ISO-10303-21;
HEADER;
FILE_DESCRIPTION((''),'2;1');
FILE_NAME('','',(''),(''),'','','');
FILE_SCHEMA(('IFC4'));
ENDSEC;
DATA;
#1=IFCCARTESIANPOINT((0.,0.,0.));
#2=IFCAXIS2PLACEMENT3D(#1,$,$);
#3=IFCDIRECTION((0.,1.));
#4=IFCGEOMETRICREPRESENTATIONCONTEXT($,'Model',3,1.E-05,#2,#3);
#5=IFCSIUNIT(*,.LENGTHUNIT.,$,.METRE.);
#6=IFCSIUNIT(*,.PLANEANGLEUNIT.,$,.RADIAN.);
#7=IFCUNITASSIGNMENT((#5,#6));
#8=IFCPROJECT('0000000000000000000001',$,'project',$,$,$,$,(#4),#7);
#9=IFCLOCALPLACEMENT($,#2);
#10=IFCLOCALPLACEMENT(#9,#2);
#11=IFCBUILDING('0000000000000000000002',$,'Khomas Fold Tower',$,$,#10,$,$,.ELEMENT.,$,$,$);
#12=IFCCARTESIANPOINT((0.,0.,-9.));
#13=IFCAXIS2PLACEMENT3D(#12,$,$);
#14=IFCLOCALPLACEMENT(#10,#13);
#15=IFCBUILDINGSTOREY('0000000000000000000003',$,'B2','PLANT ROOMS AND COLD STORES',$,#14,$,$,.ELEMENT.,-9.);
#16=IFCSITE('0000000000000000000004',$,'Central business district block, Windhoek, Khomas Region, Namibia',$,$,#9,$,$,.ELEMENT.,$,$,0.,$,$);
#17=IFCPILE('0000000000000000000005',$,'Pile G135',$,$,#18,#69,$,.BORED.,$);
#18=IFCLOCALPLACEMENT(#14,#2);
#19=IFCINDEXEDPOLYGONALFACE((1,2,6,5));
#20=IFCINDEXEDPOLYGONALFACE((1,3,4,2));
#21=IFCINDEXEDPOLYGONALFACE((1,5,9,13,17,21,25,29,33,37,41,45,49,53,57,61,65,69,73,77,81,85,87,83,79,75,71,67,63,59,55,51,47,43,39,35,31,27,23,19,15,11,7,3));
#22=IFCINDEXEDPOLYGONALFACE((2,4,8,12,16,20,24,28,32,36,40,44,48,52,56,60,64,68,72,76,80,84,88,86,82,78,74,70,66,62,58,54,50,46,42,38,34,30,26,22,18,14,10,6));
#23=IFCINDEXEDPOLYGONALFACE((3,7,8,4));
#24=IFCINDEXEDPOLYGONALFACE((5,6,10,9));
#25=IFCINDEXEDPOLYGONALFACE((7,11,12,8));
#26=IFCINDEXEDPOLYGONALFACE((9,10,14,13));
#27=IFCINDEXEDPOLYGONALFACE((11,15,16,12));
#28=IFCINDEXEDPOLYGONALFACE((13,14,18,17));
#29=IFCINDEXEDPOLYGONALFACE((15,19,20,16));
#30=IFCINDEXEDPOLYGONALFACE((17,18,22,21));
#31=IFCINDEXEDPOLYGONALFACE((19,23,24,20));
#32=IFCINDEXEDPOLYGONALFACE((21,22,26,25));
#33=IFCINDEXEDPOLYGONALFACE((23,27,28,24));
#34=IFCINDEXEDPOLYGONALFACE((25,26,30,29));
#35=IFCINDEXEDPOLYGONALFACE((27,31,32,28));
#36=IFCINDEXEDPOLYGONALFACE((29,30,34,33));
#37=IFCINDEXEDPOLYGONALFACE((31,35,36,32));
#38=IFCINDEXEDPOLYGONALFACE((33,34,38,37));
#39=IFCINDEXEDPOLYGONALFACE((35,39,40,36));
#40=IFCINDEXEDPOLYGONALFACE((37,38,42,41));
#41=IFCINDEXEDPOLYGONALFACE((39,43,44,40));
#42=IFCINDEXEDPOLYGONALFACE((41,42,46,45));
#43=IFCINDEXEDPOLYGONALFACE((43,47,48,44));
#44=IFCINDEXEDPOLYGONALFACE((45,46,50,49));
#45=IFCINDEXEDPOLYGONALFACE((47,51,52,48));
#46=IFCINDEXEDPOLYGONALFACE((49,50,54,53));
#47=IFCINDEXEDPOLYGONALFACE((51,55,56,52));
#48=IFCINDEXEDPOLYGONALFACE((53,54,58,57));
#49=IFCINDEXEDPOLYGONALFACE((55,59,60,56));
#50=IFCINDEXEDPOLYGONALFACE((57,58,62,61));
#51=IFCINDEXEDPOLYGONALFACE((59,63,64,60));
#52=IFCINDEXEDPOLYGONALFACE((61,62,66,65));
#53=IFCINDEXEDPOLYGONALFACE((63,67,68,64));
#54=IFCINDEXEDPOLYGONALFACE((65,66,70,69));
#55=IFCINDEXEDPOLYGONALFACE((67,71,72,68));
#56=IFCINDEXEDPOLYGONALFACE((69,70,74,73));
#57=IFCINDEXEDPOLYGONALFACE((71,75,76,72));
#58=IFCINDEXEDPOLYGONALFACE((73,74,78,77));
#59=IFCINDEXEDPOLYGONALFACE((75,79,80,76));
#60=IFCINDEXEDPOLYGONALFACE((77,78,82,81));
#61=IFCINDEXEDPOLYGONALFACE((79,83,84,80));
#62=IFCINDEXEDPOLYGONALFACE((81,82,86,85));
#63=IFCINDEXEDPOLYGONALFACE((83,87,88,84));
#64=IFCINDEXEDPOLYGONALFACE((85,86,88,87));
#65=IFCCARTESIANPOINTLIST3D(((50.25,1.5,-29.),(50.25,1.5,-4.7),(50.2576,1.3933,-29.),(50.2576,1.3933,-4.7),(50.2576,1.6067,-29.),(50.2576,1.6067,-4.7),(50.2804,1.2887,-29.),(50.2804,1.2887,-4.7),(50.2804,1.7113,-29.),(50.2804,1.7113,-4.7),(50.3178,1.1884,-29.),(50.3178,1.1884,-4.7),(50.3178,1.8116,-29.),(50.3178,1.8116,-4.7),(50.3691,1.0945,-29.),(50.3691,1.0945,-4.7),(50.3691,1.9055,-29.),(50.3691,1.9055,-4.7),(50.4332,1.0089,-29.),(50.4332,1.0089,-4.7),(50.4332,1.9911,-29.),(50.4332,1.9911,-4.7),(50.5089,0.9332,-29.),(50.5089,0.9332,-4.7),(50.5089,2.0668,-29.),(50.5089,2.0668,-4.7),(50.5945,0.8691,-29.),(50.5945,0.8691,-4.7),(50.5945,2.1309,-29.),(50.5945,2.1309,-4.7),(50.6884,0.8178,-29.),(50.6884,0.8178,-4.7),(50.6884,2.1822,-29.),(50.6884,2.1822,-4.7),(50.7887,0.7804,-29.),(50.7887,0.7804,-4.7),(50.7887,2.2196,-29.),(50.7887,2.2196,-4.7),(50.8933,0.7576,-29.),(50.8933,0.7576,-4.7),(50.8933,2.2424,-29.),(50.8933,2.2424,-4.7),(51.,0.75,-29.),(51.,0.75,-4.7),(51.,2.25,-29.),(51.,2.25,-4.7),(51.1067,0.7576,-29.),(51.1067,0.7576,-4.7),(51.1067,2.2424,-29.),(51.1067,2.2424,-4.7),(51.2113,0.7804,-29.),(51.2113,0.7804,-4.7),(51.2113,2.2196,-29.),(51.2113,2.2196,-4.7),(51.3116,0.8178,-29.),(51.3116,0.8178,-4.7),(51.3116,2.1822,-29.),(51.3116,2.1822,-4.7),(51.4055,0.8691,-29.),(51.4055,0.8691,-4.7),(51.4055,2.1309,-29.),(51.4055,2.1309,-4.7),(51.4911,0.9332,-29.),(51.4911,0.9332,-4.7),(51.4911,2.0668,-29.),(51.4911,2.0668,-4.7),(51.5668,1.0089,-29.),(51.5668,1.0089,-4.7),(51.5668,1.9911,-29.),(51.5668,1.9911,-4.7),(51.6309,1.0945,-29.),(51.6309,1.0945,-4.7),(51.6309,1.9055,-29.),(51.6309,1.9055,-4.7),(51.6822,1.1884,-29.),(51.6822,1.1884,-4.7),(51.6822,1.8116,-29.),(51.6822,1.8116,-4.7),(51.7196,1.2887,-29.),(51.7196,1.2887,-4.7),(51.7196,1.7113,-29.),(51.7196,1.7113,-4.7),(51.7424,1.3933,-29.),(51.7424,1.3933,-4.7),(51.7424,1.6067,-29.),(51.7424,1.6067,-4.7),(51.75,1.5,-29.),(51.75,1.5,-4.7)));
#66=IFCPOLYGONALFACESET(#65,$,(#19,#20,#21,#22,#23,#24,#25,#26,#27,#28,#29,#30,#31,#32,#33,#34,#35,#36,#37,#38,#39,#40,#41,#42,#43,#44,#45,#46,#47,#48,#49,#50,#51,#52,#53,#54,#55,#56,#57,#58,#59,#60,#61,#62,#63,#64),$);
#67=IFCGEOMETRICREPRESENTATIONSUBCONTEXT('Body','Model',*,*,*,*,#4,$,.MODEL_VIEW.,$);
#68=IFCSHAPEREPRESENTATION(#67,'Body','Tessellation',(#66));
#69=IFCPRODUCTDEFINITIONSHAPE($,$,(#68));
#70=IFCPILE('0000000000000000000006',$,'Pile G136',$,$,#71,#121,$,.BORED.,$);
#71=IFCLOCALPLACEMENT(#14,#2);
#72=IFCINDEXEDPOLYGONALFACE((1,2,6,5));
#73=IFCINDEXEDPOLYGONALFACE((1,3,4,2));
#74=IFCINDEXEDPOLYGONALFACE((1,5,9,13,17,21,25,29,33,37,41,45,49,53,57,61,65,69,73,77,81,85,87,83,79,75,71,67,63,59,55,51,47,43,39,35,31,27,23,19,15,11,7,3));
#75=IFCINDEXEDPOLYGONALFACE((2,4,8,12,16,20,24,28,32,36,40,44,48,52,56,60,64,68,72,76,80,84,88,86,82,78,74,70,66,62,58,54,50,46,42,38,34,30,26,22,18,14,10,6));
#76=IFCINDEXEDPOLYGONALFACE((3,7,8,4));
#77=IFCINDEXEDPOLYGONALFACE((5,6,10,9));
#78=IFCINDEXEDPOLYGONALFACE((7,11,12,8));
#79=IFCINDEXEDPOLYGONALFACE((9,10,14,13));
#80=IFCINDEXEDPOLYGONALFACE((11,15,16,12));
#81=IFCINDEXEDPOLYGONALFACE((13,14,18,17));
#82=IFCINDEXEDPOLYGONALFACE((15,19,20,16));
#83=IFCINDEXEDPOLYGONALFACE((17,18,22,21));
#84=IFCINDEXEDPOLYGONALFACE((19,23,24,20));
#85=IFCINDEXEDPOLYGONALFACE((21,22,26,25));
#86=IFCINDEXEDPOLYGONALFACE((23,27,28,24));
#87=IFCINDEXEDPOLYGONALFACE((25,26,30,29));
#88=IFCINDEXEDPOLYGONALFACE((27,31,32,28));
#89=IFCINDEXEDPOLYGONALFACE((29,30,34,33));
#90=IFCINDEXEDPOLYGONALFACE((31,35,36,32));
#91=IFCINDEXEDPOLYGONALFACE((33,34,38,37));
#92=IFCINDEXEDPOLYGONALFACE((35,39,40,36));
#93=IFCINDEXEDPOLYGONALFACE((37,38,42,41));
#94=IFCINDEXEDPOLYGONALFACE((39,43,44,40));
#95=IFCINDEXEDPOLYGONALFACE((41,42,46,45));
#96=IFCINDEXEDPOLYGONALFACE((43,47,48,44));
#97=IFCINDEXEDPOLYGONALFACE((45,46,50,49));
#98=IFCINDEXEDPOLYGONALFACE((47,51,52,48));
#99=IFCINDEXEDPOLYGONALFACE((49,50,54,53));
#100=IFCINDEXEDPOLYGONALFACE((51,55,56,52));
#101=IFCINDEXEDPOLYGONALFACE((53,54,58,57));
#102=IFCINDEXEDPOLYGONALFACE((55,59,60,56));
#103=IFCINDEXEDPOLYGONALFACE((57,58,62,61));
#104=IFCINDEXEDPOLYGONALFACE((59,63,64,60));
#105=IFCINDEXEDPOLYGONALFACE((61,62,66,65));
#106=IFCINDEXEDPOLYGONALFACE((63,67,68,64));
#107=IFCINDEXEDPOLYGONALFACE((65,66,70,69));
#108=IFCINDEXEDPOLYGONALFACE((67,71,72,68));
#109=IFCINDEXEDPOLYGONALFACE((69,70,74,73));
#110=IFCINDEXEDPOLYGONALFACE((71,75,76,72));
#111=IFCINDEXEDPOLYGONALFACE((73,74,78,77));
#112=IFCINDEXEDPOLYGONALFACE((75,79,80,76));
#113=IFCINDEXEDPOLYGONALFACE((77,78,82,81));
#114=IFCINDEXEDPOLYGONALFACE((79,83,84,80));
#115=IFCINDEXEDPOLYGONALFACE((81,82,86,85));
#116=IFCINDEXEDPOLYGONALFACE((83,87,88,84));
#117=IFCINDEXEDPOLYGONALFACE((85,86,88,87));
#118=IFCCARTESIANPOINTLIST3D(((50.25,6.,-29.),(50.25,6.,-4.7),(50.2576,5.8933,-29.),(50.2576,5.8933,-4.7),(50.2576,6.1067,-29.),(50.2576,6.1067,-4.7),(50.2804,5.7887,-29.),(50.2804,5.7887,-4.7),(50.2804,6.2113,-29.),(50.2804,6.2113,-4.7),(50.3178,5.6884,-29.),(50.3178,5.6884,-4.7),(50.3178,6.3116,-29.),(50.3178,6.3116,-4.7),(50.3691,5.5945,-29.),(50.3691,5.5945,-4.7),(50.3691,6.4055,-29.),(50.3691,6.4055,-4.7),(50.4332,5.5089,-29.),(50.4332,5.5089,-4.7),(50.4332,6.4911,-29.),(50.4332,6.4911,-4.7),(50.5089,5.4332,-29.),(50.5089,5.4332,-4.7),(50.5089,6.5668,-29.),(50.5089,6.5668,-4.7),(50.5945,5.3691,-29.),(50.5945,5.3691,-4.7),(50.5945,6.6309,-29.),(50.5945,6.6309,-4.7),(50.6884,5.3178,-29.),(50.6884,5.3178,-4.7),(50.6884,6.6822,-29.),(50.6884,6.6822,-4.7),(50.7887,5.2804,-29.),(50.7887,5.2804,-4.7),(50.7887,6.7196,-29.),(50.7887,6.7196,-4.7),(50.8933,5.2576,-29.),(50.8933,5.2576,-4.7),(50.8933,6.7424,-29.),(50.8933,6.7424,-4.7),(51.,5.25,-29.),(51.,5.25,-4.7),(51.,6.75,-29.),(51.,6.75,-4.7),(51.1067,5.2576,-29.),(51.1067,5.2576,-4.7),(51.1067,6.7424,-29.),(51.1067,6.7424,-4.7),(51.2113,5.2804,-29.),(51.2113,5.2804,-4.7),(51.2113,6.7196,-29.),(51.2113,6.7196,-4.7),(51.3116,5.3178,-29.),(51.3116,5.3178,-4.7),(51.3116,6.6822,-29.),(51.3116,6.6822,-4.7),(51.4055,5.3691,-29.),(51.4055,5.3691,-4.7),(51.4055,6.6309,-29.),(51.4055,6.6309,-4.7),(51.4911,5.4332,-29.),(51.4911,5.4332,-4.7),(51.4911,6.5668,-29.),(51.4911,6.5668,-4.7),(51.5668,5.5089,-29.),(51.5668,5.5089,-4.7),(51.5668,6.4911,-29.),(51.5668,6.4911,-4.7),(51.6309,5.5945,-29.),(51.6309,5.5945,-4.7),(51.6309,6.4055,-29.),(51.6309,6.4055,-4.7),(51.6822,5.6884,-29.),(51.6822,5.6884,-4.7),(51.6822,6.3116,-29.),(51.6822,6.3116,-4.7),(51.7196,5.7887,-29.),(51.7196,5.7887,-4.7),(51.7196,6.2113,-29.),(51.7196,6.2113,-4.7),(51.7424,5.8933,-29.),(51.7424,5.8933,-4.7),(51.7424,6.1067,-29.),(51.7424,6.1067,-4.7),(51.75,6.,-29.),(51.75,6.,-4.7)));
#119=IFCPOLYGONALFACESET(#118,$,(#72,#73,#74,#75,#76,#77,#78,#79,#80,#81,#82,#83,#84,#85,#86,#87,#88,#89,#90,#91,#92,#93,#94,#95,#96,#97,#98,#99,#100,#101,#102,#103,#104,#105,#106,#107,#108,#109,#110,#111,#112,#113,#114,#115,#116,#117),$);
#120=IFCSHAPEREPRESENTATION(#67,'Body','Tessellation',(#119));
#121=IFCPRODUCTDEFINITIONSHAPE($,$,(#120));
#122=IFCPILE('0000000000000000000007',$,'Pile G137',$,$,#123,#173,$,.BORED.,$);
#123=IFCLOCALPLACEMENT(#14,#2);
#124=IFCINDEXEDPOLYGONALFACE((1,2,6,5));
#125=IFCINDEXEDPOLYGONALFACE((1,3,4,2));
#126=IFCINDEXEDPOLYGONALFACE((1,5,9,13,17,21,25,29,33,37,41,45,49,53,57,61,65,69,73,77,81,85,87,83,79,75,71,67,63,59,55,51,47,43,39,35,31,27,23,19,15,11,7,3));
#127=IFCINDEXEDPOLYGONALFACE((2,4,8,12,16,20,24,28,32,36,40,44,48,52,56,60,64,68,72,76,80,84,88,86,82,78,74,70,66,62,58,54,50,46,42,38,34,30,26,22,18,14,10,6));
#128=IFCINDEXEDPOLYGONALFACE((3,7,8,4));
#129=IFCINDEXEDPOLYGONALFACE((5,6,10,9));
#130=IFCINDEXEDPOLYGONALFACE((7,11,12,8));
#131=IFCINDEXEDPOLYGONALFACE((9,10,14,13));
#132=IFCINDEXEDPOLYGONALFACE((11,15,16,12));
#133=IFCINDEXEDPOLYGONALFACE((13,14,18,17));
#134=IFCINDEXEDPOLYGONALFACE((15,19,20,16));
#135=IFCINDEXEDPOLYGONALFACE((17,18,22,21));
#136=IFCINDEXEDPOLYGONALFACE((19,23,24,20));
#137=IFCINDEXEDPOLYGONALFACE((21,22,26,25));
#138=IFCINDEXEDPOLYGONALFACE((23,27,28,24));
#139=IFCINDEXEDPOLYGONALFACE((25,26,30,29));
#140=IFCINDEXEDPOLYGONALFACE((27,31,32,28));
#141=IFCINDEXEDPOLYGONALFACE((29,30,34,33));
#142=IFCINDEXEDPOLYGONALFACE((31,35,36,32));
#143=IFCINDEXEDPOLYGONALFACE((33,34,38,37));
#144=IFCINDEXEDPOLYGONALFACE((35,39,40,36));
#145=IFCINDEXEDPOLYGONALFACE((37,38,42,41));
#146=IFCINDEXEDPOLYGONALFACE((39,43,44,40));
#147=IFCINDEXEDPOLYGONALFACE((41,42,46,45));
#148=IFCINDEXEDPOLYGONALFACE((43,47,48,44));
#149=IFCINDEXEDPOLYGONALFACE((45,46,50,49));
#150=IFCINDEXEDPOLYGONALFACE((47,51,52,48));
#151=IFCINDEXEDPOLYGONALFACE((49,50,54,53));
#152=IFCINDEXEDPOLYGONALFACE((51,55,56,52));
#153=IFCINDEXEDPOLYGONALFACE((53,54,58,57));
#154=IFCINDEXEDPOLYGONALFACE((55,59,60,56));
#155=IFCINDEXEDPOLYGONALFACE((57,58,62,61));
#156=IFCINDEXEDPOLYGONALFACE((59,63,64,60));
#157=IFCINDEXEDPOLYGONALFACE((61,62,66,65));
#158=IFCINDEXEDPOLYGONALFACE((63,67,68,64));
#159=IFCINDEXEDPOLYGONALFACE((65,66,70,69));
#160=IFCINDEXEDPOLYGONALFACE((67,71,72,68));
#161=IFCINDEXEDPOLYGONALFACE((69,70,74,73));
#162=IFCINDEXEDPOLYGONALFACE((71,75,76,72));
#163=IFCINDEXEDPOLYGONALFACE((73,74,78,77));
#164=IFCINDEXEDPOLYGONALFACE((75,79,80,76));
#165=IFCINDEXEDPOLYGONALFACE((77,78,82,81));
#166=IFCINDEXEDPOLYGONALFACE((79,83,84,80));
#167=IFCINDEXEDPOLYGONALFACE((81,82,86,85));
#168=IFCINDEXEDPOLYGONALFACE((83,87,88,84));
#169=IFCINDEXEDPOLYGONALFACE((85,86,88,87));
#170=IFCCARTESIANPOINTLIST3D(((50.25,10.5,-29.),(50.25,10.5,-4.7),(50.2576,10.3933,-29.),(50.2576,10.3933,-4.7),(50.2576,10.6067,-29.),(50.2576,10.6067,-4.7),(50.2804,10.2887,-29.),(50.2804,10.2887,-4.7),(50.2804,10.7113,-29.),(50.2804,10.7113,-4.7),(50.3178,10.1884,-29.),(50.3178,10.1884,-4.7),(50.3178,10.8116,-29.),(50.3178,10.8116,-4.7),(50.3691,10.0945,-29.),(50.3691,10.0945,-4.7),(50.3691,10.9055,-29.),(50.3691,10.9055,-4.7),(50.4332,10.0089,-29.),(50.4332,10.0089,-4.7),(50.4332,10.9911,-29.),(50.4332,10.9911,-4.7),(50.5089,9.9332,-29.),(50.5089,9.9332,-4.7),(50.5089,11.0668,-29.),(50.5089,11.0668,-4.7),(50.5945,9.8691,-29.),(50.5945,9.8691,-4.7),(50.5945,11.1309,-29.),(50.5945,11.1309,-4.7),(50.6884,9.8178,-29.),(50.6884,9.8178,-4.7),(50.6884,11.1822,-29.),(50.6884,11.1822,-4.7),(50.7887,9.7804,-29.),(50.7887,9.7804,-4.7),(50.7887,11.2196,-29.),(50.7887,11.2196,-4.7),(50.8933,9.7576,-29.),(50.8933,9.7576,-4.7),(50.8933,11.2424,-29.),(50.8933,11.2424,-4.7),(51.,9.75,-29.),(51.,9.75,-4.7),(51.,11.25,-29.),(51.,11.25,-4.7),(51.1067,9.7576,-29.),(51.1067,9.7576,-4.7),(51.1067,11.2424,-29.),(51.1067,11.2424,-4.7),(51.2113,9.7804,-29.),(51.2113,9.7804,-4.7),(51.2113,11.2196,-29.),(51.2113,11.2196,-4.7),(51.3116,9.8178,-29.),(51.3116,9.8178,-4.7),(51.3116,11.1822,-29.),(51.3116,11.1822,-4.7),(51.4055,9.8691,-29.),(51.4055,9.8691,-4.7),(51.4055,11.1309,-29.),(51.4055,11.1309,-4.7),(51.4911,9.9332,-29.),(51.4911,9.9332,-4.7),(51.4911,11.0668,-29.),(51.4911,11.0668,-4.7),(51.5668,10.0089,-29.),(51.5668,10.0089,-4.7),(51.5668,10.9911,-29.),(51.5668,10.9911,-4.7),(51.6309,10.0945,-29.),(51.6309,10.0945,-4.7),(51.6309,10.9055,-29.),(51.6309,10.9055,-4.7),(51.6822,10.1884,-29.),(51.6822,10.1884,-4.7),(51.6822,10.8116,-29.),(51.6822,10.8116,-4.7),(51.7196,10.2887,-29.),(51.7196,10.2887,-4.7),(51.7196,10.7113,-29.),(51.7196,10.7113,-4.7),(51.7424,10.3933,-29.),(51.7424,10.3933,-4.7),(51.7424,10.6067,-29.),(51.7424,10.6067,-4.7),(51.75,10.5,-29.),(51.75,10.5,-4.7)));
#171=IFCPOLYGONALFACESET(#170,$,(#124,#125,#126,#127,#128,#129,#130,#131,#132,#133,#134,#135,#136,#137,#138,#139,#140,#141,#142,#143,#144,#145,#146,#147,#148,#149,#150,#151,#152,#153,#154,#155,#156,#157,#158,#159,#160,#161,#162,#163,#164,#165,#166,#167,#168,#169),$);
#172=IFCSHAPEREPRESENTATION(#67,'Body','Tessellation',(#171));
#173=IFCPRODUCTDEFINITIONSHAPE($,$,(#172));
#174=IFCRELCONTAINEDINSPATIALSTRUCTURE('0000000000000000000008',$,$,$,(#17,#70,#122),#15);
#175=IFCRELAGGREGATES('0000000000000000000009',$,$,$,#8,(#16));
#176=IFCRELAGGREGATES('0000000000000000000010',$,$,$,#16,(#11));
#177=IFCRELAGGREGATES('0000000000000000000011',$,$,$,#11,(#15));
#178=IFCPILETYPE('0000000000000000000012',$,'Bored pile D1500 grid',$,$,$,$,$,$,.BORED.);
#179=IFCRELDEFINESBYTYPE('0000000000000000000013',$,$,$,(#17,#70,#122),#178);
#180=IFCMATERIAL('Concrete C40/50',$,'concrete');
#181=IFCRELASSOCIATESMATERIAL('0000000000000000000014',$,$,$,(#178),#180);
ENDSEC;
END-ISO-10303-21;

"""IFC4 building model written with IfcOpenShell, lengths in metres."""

from ifc_helpers import new_model, si_unit, direction, frame, origin, origin_2d, place, context, subcontext, project, spatial, circle, extrude, source, transform, mapped, material, material_profile, profile_set, type_object, element, save


model = new_model("IFC4")

# Units and contexts
model_context = context("Model", 3, precision=1e-05, world=origin(), true_north=direction((0.0, 1.0)))
body_context = subcontext(model_context, "Body", "Model", "MODEL_VIEW")
ifc_project = project(units=[si_unit("LENGTHUNIT", "METRE"), si_unit("PLANEANGLEUNIT", "RADIAN")], contexts=[model_context])

# Site, building, storey
site_placement = place(None, origin())
site = spatial("IfcSite", under=ifc_project, at=site_placement, Name="Central business district block, Windhoek, Khomas Region, Namibia", CompositionType="ELEMENT", RefElevation=0.0)
building_placement = place(site_placement, origin())
building = spatial("IfcBuilding", under=site, at=building_placement, Name="Khomas Fold Tower", CompositionType="ELEMENT")
storey_placement = place(building_placement, frame((0.0, 0.0, -9.0)))
storey = spatial("IfcBuildingStorey", under=building, at=storey_placement, Name="B2", Description="PLANT ROOMS AND COLD STORES", CompositionType="ELEMENT", Elevation=-9.0)

# Piles
ifc_material_1 = material(Name="Concrete C40/50", Category="concrete")
ifc_material_profile_1 = material_profile(ifc_material_1, circle(Radius=0.75, at=origin_2d()), Name="PILE D1500")
ifc_profile_set_1 = profile_set([ifc_material_profile_1], Name="Concrete C40/50")
pile_type = type_object("IfcPileType", Name="Bored pile D1500 grid", PredefinedType="BORED", material=ifc_profile_set_1)
shared_shape_1 = source(origin(), body_context, "Body", "SweptSolid", [
    extrude(circle(Radius=0.75, at=origin_2d()), origin(), (0.0, 0.0, 1.0), 24.3),
])
for number, where, z_axis, x_axis, name in (
    (1, (51.0, 1.5, -4.7), (0.0, 0.0, -1.0), (1.0, 0.0, 0.0), "Pile G135"),
    (2, (51.0, 6.0, -4.7), (0.0, 0.0, -1.0), (1.0, 0.0, 0.0), "Pile G136"),
    (3, (51.0, 10.5, -4.7), (0.0, 0.0, -1.0), (1.0, 0.0, 0.0), "Pile G137"),
):
    element("IfcPile", number, at=place(storey_placement, frame(where, z_axis=z_axis, x_axis=x_axis)), inside=storey, type_object=pile_type, Name=name, PredefinedType="BORED", context=body_context, shape_type="MappedRepresentation", body=[
        mapped(shared_shape_1, transform((0.0, 0.0, 0.0))),
    ])

save(model, "model.ifc")
